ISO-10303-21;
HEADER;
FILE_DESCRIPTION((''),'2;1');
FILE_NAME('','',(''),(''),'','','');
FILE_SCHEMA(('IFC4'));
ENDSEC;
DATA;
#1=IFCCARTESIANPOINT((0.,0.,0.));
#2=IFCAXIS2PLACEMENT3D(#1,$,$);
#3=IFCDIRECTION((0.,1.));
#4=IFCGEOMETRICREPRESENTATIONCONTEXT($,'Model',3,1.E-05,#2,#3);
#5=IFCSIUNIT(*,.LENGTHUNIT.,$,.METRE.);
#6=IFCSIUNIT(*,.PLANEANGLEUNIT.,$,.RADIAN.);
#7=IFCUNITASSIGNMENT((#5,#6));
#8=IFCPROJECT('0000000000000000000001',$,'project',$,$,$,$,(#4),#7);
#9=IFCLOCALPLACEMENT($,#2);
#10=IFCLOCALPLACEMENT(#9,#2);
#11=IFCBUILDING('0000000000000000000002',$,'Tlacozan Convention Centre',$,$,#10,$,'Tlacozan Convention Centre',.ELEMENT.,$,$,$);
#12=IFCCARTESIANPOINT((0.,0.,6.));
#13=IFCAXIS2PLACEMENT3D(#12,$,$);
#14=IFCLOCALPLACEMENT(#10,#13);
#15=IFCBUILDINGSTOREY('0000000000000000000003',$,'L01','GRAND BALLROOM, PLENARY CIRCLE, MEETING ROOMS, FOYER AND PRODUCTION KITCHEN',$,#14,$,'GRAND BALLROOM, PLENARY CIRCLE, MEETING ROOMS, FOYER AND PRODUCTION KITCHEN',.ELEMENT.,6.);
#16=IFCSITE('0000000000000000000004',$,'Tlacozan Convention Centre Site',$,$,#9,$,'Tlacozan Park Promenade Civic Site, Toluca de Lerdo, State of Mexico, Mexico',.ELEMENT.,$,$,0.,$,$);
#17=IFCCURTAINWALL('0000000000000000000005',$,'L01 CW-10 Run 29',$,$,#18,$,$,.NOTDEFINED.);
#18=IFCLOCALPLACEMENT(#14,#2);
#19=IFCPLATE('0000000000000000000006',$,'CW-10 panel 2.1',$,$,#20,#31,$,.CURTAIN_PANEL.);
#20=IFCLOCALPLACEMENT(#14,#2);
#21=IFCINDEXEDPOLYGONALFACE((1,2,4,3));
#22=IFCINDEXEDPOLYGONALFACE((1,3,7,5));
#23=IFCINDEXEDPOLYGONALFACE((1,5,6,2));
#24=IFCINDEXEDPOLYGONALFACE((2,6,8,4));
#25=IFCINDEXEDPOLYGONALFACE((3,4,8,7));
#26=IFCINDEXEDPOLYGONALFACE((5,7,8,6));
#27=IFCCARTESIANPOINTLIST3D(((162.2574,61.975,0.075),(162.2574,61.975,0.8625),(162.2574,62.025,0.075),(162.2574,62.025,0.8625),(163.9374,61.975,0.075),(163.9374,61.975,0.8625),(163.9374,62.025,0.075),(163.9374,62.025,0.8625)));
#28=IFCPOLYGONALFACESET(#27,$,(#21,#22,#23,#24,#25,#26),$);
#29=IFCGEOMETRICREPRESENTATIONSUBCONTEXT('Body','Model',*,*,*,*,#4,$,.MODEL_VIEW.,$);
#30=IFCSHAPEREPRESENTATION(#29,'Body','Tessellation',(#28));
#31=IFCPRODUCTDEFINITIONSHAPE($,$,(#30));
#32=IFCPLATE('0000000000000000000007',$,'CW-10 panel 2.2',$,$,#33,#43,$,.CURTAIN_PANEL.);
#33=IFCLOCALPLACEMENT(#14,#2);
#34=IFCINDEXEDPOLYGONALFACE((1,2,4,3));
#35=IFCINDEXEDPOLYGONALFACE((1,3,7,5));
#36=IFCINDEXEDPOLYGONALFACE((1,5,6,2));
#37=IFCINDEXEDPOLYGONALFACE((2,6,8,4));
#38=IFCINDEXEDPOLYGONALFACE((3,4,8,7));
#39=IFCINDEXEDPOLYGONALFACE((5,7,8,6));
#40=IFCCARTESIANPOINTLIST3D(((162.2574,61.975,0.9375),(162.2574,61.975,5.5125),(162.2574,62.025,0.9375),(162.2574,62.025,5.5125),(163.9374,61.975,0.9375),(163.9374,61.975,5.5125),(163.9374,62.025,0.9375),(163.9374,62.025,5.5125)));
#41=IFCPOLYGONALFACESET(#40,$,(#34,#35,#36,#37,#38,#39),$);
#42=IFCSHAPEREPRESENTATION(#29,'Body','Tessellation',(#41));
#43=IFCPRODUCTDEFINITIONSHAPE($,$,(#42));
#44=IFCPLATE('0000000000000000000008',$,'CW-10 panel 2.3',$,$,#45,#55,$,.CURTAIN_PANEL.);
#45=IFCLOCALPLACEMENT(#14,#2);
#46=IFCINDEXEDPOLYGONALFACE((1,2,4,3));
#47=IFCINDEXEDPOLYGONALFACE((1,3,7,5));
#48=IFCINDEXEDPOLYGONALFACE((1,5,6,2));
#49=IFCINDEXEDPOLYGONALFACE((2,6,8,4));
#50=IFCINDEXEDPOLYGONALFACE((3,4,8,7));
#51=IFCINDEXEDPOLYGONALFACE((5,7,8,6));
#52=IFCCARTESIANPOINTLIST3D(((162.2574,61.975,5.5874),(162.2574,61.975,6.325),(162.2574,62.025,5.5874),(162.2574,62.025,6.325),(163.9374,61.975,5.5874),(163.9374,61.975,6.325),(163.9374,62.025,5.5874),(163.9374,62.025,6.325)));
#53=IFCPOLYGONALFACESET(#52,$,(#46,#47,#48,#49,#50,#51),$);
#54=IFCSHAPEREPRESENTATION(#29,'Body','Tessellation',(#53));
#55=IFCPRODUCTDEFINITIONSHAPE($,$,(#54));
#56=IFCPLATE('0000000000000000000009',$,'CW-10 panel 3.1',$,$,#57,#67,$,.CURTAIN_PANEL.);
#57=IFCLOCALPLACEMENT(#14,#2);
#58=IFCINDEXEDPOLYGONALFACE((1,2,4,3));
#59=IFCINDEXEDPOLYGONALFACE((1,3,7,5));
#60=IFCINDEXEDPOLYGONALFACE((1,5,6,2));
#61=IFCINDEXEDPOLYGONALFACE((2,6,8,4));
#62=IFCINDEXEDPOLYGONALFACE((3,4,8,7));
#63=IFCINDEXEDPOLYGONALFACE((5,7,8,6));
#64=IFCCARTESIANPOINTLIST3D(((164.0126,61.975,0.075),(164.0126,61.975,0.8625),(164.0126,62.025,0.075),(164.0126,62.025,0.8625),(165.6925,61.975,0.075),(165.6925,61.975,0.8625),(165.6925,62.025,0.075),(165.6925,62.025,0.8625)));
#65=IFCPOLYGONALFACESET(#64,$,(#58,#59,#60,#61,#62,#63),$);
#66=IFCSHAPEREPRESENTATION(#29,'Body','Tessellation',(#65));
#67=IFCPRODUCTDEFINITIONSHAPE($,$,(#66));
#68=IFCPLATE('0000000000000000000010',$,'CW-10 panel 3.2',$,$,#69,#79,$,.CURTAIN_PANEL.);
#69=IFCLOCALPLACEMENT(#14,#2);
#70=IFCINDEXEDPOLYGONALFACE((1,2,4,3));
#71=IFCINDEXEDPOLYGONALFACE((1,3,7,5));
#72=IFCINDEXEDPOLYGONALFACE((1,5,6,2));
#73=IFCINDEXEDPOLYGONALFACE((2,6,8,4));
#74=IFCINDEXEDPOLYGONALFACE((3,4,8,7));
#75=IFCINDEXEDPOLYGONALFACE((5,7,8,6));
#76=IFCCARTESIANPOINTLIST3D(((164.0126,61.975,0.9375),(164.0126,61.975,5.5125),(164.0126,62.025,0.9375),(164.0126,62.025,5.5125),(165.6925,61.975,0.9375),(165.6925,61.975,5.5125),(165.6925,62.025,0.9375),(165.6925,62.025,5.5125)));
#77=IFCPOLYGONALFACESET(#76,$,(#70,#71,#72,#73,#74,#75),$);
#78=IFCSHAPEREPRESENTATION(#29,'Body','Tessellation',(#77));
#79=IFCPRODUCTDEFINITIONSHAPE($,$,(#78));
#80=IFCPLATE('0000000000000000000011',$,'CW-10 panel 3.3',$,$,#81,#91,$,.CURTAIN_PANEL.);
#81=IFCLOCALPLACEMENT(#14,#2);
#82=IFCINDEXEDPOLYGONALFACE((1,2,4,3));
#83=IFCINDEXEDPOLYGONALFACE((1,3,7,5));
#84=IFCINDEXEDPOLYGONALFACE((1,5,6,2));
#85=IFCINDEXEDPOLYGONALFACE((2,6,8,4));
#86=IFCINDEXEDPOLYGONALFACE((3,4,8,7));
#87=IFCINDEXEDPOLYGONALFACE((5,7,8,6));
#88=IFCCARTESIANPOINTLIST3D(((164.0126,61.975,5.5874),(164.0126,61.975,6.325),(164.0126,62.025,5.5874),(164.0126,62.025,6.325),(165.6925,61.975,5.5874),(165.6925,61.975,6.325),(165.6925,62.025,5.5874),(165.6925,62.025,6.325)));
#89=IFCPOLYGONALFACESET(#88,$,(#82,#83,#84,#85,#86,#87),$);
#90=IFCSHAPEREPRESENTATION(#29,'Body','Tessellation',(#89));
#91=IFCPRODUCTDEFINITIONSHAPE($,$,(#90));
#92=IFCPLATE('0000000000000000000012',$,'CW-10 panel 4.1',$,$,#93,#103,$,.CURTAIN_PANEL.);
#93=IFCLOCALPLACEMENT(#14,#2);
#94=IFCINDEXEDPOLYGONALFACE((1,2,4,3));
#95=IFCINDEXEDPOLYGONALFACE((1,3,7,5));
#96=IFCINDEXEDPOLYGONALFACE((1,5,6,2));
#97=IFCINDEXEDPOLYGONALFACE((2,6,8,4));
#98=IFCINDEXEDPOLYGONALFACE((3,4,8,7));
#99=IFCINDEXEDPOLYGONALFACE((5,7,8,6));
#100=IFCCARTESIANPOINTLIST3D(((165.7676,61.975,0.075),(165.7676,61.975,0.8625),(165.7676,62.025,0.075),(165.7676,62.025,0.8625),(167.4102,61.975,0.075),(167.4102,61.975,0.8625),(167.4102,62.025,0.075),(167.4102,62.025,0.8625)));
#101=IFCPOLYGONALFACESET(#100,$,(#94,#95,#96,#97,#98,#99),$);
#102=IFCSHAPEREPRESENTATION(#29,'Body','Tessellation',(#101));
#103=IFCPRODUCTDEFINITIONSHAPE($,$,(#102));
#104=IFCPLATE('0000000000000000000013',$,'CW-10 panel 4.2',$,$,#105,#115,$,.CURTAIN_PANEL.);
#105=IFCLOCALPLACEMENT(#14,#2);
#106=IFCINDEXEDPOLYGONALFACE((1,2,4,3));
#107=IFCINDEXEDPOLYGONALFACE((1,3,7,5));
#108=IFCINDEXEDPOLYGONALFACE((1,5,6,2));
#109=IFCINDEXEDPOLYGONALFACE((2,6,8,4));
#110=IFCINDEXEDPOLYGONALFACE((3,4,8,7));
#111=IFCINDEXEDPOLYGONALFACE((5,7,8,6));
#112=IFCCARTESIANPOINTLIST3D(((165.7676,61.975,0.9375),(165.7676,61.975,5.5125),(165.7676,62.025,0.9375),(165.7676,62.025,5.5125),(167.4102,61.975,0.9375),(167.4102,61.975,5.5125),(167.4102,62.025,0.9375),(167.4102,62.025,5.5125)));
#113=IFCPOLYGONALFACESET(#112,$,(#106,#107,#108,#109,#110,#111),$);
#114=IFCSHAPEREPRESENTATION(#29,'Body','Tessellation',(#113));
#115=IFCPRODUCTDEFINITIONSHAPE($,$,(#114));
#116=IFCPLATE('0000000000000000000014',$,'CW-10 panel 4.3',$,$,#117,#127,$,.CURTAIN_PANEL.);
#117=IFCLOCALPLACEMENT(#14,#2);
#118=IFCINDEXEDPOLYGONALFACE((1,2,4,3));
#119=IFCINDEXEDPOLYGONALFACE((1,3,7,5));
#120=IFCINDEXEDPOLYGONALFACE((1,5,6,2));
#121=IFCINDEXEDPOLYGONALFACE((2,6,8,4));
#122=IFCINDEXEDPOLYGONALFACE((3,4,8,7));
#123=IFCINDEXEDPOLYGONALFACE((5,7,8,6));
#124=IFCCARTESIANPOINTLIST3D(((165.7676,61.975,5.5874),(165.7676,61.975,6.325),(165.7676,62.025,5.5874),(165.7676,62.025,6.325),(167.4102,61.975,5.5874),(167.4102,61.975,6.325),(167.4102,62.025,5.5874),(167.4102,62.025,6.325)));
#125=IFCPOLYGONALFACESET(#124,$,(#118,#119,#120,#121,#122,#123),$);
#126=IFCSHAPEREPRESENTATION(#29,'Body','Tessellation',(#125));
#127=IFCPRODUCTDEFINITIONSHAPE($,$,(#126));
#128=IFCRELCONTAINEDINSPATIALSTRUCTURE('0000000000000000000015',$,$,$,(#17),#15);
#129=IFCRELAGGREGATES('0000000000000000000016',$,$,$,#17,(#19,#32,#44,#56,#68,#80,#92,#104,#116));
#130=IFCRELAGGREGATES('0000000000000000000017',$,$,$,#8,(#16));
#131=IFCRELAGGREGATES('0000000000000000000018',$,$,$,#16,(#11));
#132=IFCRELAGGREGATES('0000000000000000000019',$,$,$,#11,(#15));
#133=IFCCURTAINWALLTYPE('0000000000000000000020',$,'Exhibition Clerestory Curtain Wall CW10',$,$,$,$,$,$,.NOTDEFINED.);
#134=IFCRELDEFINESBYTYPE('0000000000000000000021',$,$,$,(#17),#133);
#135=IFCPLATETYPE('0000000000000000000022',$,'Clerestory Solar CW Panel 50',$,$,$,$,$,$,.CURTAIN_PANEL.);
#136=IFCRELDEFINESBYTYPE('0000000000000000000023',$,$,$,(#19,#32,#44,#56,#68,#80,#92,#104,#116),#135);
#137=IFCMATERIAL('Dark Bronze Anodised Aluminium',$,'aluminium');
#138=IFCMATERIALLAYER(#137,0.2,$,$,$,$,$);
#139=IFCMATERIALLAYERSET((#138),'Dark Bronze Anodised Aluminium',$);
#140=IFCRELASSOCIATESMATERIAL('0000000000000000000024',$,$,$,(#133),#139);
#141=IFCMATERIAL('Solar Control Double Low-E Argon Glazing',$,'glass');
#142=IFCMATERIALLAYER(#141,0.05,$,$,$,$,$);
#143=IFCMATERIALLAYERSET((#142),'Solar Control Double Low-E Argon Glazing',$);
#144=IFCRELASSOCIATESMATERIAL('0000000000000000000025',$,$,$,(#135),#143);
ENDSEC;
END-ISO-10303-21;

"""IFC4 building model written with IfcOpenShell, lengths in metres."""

from ifc_helpers import new_model, si_unit, direction, frame, origin, origin_2d, place, context, subcontext, project, spatial, rectangle, extrude, material, layer, layer_set, type_object, element, aggregate, save


model = new_model("IFC4")

# Units and contexts
model_context = context("Model", 3, precision=1e-05, world=origin(), true_north=direction((0.0, 1.0)))
body_context = subcontext(model_context, "Body", "Model", "MODEL_VIEW")
ifc_project = project(units=[si_unit("LENGTHUNIT", "METRE"), si_unit("PLANEANGLEUNIT", "RADIAN")], contexts=[model_context])

# Site, building, storey
site_placement = place(None, origin())
site = spatial("IfcSite", under=ifc_project, at=site_placement, Name="Tlacozan Convention Centre Site", LongName="Tlacozan Park Promenade Civic Site, Toluca de Lerdo, State of Mexico, Mexico", CompositionType="ELEMENT", RefElevation=0.0)
building_placement = place(site_placement, origin())
building = spatial("IfcBuilding", under=site, at=building_placement, Name="Tlacozan Convention Centre", LongName="Tlacozan Convention Centre", CompositionType="ELEMENT")
storey_placement = place(building_placement, frame((0.0, 0.0, 6.0)))
storey = spatial("IfcBuildingStorey", under=building, at=storey_placement, Name="L01", Description="GRAND BALLROOM, PLENARY CIRCLE, MEETING ROOMS, FOYER AND PRODUCTION KITCHEN", LongName="GRAND BALLROOM, PLENARY CIRCLE, MEETING ROOMS, FOYER AND PRODUCTION KITCHEN", CompositionType="ELEMENT", Elevation=6.0)

# Curtain wall, plates
ifc_material_1 = material(Name="Dark Bronze Anodised Aluminium", Category="aluminium")
ifc_layer_1 = layer(ifc_material_1, 0.2)
ifc_layer_set_1 = layer_set([ifc_layer_1], Name="Dark Bronze Anodised Aluminium")
curtain_wall_type = type_object("IfcCurtainWallType", Name="Exhibition Clerestory Curtain Wall CW10", PredefinedType="NOTDEFINED", material=ifc_layer_set_1)
curtain_wall_placement = place(storey_placement, origin())
curtain_wall = element("IfcCurtainWall", 1, at=curtain_wall_placement, inside=storey, type_object=curtain_wall_type, Name="L01 CW-10 Run 29", PredefinedType="NOTDEFINED")
ifc_material_2 = material(Name="Solar Control Double Low-E Argon Glazing", Category="glass")
ifc_layer_2 = layer(ifc_material_2, 0.05)
ifc_layer_set_2 = layer_set([ifc_layer_2], Name="Solar Control Double Low-E Argon Glazing")
plate_type = type_object("IfcPlateType", Name="Clerestory Solar CW Panel 50", PredefinedType="CURTAIN_PANEL", material=ifc_layer_set_2)
plate_1_placement = place(storey_placement, frame((163.0974, 62.0, 0.075), z_axis=(0.0, 0.0, 1.0), x_axis=(1.0, 0.0, 0.0)))
plate_1 = element("IfcPlate", 2, at=plate_1_placement, type_object=plate_type, Name="CW-10 panel 2.1", PredefinedType="CURTAIN_PANEL", context=body_context, shape_type="SweptSolid", body=[
    extrude(rectangle(XDim=1.6799, YDim=0.05, at=origin_2d()), origin(), (0.0, 0.0, 1.0), 0.7876),
])
plate_2_placement = place(storey_placement, frame((163.0974, 62.0, 0.9375), z_axis=(0.0, 0.0, 1.0), x_axis=(1.0, 0.0, 0.0)))
plate_2 = element("IfcPlate", 3, at=plate_2_placement, type_object=plate_type, Name="CW-10 panel 2.2", PredefinedType="CURTAIN_PANEL", context=body_context, shape_type="SweptSolid", body=[
    extrude(rectangle(XDim=1.6799, YDim=0.05, at=origin_2d()), origin(), (0.0, 0.0, 1.0), 4.575),
])
plate_3_placement = place(storey_placement, frame((163.0974, 62.0, 5.5874), z_axis=(0.0, 0.0, 1.0), x_axis=(1.0, 0.0, 0.0)))
plate_3 = element("IfcPlate", 4, at=plate_3_placement, type_object=plate_type, Name="CW-10 panel 2.3", PredefinedType="CURTAIN_PANEL", context=body_context, shape_type="SweptSolid", body=[
    extrude(rectangle(XDim=1.6799, YDim=0.05, at=origin_2d()), origin(), (0.0, 0.0, 1.0), 0.7375),
])
plate_4_placement = place(storey_placement, frame((164.8525, 62.0, 0.075), z_axis=(0.0, 0.0, 1.0), x_axis=(1.0, 0.0, 0.0)))
plate_4 = element("IfcPlate", 5, at=plate_4_placement, type_object=plate_type, Name="CW-10 panel 3.1", PredefinedType="CURTAIN_PANEL", context=body_context, shape_type="SweptSolid", body=[
    extrude(rectangle(XDim=1.6799, YDim=0.05, at=origin_2d()), origin(), (0.0, 0.0, 1.0), 0.7876),
])
plate_5_placement = place(storey_placement, frame((164.8525, 62.0, 0.9375), z_axis=(0.0, 0.0, 1.0), x_axis=(1.0, 0.0, 0.0)))
plate_5 = element("IfcPlate", 6, at=plate_5_placement, type_object=plate_type, Name="CW-10 panel 3.2", PredefinedType="CURTAIN_PANEL", context=body_context, shape_type="SweptSolid", body=[
    extrude(rectangle(XDim=1.6799, YDim=0.05, at=origin_2d()), origin(), (0.0, 0.0, 1.0), 4.575),
])
plate_6_placement = place(storey_placement, frame((164.8525, 62.0, 5.5874), z_axis=(0.0, 0.0, 1.0), x_axis=(1.0, 0.0, 0.0)))
plate_6 = element("IfcPlate", 7, at=plate_6_placement, type_object=plate_type, Name="CW-10 panel 3.3", PredefinedType="CURTAIN_PANEL", context=body_context, shape_type="SweptSolid", body=[
    extrude(rectangle(XDim=1.6799, YDim=0.05, at=origin_2d()), origin(), (0.0, 0.0, 1.0), 0.7375),
])
plate_7_placement = place(storey_placement, frame((166.5889, 62.0, 0.075), z_axis=(0.0, 0.0, 1.0), x_axis=(1.0, 0.0, 0.0)))
plate_7 = element("IfcPlate", 8, at=plate_7_placement, type_object=plate_type, Name="CW-10 panel 4.1", PredefinedType="CURTAIN_PANEL", context=body_context, shape_type="SweptSolid", body=[
    extrude(rectangle(XDim=1.6426, YDim=0.05, at=origin_2d()), origin(), (0.0, 0.0, 1.0), 0.7876),
])
plate_8_placement = place(storey_placement, frame((166.5889, 62.0, 0.9375), z_axis=(0.0, 0.0, 1.0), x_axis=(1.0, 0.0, 0.0)))
plate_8 = element("IfcPlate", 9, at=plate_8_placement, type_object=plate_type, Name="CW-10 panel 4.2", PredefinedType="CURTAIN_PANEL", context=body_context, shape_type="SweptSolid", body=[
    extrude(rectangle(XDim=1.6426, YDim=0.05, at=origin_2d()), origin(), (0.0, 0.0, 1.0), 4.575),
])
plate_9_placement = place(storey_placement, frame((166.5889, 62.0, 5.5874), z_axis=(0.0, 0.0, 1.0), x_axis=(1.0, 0.0, 0.0)))
plate_9 = element("IfcPlate", 10, at=plate_9_placement, type_object=plate_type, Name="CW-10 panel 4.3", PredefinedType="CURTAIN_PANEL", context=body_context, shape_type="SweptSolid", body=[
    extrude(rectangle(XDim=1.6426, YDim=0.05, at=origin_2d()), origin(), (0.0, 0.0, 1.0), 0.7375),
])
aggregate(curtain_wall, [plate_1, plate_2, plate_3, plate_4, plate_5, plate_6, plate_7, plate_8, plate_9])

save(model, "model.ifc")
